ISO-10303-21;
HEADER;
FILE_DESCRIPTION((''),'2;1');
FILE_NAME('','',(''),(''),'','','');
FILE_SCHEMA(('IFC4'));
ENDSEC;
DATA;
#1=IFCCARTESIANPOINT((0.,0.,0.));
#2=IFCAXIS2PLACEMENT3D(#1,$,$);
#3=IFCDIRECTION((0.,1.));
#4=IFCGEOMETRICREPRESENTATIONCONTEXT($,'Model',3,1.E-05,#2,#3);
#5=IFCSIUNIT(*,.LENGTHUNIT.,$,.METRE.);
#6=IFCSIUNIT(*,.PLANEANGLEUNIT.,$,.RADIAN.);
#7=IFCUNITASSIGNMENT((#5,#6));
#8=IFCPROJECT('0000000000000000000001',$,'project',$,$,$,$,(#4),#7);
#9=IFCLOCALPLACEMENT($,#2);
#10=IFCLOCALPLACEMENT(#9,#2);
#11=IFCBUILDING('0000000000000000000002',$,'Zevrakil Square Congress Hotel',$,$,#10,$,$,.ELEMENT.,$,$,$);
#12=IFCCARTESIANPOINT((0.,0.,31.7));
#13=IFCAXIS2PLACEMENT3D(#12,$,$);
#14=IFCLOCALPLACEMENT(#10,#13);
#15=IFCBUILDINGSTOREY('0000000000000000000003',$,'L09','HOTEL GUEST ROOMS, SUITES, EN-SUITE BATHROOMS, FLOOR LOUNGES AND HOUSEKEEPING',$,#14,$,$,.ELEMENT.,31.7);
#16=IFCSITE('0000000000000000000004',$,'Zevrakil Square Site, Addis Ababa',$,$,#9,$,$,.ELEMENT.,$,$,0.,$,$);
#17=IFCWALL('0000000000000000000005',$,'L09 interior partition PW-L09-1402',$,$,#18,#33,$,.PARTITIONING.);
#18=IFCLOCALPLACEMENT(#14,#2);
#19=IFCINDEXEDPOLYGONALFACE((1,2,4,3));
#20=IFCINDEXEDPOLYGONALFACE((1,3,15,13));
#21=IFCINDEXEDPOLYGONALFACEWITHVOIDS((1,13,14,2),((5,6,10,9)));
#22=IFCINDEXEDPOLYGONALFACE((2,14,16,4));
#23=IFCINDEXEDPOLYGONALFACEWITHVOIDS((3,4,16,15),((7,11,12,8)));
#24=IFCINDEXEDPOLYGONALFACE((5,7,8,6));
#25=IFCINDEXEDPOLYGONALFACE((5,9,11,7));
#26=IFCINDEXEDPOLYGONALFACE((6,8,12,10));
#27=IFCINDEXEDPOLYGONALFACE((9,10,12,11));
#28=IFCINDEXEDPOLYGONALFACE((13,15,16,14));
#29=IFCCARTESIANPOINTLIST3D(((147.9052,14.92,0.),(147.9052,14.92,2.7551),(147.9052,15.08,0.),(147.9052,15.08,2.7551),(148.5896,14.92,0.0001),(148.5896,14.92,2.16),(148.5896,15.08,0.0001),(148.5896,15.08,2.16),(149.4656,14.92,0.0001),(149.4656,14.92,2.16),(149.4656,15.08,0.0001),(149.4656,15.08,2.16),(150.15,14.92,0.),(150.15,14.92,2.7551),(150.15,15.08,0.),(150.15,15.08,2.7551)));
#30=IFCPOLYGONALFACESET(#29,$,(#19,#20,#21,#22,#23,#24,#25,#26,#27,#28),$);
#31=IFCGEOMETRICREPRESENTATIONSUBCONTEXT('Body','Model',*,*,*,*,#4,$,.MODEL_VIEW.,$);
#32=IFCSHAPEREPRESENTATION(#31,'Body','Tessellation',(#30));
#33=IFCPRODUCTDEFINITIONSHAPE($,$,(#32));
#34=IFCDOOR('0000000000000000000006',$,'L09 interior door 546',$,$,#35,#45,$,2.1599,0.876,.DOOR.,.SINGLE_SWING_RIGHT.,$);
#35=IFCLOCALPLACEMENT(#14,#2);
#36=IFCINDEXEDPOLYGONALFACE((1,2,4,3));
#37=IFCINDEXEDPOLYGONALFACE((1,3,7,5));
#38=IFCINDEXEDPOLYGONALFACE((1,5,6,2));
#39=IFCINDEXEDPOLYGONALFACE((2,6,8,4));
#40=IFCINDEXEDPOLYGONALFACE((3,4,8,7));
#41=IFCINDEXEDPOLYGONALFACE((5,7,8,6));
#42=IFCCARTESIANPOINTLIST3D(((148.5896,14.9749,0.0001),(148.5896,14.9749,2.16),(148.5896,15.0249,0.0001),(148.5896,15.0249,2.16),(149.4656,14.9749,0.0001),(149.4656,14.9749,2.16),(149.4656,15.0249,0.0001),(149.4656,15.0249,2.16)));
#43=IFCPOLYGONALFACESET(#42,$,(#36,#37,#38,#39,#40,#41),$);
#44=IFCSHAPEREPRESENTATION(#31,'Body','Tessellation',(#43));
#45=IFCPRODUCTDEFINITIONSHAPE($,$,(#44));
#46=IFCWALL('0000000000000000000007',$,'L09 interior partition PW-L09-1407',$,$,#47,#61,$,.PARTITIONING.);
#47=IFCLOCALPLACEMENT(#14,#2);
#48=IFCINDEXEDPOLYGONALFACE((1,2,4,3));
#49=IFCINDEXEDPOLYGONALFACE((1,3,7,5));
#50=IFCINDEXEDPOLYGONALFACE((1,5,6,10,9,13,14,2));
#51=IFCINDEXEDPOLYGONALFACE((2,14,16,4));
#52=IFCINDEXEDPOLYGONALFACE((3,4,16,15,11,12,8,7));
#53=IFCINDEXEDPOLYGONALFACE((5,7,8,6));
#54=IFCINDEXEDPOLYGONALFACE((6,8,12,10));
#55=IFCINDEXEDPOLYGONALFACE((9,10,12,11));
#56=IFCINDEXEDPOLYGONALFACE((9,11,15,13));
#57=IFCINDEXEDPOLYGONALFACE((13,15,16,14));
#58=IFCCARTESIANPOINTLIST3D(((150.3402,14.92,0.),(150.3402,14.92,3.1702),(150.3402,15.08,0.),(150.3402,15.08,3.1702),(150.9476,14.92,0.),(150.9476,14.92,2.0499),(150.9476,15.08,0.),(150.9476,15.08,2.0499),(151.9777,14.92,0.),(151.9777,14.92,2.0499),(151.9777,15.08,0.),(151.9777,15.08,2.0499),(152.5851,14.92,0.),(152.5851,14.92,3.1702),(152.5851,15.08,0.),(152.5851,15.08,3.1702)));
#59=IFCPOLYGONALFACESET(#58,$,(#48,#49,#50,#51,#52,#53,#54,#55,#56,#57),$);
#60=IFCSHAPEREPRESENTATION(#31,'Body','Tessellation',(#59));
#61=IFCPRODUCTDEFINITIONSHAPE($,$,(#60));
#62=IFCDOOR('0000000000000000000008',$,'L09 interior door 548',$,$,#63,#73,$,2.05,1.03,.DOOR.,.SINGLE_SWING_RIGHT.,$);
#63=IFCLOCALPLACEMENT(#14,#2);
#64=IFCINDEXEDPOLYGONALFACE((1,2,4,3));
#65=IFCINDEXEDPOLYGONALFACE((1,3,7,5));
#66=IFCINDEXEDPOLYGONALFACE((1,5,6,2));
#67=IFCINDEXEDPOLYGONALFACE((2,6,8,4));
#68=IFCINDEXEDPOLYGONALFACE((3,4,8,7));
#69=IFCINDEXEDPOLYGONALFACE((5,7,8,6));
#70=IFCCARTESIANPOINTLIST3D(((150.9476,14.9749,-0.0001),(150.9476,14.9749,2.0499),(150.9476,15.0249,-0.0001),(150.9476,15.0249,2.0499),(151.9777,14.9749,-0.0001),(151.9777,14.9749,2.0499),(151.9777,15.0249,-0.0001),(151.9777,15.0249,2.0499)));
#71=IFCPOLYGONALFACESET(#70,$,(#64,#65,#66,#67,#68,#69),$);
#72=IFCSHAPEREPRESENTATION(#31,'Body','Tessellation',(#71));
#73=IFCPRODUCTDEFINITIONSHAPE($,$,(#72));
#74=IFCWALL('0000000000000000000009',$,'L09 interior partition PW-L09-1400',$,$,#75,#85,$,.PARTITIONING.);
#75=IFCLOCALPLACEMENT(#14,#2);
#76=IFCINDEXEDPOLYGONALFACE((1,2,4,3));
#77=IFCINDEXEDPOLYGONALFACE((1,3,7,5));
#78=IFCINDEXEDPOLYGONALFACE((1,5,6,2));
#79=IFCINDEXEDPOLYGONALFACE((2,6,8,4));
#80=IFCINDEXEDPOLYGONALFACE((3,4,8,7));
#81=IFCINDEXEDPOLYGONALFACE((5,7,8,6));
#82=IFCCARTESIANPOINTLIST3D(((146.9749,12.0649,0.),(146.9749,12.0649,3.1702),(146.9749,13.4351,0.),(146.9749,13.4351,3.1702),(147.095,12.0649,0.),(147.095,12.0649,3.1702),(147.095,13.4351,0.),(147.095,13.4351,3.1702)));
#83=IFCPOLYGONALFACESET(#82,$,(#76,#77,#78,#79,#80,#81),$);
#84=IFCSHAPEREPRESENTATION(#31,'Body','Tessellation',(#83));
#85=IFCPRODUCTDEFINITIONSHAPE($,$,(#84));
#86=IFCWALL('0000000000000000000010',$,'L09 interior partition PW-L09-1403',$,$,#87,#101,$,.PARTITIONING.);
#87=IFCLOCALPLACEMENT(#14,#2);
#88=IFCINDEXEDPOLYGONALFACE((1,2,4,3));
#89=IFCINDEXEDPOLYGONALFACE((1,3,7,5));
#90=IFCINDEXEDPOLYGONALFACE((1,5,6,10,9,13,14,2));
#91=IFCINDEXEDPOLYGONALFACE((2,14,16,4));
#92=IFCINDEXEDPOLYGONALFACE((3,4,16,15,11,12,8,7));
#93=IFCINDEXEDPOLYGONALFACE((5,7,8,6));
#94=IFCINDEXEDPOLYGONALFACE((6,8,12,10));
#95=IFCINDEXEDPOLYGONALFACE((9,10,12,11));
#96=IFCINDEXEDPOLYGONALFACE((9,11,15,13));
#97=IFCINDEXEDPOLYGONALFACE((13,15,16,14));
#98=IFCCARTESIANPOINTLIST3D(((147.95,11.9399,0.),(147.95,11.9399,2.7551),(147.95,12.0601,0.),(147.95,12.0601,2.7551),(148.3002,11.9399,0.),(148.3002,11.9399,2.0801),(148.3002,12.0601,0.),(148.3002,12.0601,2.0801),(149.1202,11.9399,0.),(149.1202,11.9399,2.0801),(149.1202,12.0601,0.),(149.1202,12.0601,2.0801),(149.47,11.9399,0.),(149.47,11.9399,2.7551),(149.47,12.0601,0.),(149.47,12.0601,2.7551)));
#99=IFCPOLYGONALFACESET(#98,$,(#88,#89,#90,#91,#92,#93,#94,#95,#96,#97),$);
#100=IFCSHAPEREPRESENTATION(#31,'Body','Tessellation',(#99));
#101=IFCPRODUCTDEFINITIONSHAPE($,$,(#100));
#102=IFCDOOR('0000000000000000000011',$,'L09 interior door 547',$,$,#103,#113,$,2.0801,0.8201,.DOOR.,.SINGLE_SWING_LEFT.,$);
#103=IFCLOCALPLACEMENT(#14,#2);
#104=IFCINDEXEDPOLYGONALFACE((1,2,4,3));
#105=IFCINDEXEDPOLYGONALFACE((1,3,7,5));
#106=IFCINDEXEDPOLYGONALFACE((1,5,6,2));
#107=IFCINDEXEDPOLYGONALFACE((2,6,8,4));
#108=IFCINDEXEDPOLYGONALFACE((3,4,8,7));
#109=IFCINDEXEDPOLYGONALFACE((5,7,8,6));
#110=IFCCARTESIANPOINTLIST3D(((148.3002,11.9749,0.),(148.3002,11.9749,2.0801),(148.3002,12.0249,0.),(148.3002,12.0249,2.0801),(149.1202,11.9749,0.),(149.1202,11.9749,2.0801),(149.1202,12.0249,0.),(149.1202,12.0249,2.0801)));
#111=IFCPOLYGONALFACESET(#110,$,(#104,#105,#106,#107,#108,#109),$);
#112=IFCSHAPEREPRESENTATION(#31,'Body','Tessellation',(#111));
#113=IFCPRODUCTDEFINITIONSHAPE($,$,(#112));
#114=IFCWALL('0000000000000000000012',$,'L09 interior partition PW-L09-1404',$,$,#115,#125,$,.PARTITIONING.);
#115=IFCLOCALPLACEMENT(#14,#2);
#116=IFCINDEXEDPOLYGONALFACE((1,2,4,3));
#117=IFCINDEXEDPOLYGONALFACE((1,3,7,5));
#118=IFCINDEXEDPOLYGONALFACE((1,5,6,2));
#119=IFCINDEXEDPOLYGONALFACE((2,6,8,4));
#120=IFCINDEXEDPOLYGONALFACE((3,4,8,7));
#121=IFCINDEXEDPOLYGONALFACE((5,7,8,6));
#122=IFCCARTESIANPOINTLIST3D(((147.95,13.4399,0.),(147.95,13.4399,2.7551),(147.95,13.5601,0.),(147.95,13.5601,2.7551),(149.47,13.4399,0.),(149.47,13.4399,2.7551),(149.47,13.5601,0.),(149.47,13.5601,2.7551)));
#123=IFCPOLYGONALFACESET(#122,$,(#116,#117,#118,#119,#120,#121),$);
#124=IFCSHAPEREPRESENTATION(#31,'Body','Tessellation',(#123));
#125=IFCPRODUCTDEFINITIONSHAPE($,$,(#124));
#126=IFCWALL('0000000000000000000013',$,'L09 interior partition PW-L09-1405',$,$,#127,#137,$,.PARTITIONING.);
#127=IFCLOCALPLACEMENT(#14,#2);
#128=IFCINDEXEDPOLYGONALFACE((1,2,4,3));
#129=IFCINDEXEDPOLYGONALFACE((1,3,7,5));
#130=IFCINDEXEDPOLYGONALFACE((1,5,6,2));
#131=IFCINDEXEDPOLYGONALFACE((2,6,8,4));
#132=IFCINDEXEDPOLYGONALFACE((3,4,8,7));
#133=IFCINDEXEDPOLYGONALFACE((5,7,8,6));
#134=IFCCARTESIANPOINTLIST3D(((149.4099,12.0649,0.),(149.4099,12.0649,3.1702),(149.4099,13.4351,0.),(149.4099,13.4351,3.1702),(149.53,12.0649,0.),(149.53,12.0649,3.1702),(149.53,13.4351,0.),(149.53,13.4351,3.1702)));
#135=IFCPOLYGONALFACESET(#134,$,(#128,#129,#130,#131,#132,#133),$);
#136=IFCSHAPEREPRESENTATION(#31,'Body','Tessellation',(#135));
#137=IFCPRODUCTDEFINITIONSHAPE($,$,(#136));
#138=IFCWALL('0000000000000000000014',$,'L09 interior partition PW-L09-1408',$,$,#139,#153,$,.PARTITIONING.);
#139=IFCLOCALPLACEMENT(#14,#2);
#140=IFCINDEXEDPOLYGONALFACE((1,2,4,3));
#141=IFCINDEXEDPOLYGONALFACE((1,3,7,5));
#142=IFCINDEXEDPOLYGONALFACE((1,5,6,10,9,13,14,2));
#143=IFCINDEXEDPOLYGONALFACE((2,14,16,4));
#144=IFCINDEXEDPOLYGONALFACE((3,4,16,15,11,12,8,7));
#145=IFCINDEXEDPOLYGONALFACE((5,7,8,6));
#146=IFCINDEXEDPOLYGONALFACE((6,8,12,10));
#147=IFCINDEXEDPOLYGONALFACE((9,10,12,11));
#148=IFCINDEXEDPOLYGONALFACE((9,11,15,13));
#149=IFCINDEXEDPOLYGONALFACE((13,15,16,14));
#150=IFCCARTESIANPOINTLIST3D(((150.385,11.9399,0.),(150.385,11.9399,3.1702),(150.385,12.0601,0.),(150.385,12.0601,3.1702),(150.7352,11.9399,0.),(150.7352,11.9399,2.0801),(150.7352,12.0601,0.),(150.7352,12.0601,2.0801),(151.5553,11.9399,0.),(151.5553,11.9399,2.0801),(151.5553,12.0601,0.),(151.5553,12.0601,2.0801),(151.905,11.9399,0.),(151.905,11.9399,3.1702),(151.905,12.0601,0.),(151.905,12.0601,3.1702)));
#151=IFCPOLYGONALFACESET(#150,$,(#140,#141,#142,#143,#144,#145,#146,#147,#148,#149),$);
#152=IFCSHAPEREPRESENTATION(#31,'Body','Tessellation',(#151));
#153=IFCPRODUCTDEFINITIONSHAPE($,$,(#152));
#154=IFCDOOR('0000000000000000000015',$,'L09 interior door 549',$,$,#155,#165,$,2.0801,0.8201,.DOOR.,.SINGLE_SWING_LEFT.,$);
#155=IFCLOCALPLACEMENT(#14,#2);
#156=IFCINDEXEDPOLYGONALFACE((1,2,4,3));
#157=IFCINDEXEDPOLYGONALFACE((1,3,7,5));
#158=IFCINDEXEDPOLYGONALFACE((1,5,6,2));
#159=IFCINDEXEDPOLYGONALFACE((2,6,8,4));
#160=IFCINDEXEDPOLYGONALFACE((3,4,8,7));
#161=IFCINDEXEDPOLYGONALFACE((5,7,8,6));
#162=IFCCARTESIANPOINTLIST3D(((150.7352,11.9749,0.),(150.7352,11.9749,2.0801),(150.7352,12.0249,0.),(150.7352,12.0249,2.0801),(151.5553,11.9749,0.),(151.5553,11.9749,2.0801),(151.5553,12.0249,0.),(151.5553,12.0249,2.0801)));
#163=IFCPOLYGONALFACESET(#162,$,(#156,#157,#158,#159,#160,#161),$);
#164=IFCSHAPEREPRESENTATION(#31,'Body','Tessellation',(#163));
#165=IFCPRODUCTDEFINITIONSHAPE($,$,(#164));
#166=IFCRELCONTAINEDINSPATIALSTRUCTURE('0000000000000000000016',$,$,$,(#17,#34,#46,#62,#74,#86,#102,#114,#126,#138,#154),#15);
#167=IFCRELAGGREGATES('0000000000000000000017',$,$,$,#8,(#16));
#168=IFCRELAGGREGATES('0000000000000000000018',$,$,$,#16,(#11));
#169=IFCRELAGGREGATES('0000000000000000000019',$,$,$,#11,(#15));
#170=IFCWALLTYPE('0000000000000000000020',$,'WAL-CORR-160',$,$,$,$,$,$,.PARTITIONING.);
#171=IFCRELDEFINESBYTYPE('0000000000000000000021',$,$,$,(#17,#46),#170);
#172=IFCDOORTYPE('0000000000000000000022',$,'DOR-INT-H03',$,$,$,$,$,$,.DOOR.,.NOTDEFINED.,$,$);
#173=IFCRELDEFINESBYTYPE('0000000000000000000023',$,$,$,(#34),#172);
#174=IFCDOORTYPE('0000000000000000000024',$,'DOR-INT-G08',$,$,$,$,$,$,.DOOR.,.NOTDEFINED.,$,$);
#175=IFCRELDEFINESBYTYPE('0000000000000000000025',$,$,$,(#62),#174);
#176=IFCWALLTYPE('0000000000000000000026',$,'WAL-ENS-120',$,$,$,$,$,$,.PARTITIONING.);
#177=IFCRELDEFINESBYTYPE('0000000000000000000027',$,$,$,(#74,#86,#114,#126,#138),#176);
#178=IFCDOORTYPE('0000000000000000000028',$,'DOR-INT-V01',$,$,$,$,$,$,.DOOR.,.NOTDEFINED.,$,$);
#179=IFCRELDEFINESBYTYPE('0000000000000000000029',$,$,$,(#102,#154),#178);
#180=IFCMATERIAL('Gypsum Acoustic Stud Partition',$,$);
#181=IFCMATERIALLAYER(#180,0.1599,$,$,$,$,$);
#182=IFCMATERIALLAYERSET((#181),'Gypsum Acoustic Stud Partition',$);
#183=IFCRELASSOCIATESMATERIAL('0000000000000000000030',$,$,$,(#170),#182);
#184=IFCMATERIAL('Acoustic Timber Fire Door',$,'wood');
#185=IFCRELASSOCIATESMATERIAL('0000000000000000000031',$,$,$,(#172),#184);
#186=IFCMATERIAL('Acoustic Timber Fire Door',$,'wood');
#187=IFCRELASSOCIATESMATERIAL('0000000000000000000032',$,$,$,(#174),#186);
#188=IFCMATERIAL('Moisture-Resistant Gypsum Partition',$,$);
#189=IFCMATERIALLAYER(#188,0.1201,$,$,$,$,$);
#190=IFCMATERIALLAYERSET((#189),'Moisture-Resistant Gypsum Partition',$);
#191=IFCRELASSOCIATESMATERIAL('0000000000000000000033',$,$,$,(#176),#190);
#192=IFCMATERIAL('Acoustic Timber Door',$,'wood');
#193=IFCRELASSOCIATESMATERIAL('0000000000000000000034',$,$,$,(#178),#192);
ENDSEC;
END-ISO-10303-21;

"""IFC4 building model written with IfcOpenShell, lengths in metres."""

from ifc_helpers import new_model, si_unit, direction, frame, frame_2d, origin, place, context, subcontext, project, spatial, rectangle, extrude, material, layer, layer_set, type_object, element, fill, save


model = new_model("IFC4")

# Units and contexts
model_context = context("Model", 3, precision=1e-05, world=origin(), true_north=direction((0.0, 1.0)))
body_context = subcontext(model_context, "Body", "Model", "MODEL_VIEW")
ifc_project = project(units=[si_unit("LENGTHUNIT", "METRE"), si_unit("PLANEANGLEUNIT", "RADIAN")], contexts=[model_context])

# Site, building, storey
site_placement = place(None, origin())
site = spatial("IfcSite", under=ifc_project, at=site_placement, Name="Zevrakil Square Site, Addis Ababa", CompositionType="ELEMENT", RefElevation=0.0)
building_placement = place(site_placement, origin())
building = spatial("IfcBuilding", under=site, at=building_placement, Name="Zevrakil Square Congress Hotel", CompositionType="ELEMENT")
storey_placement = place(building_placement, frame((0.0, 0.0, 31.7)))
storey = spatial("IfcBuildingStorey", under=building, at=storey_placement, Name="L09", Description="HOTEL GUEST ROOMS, SUITES, EN-SUITE BATHROOMS, FLOOR LOUNGES AND HOUSEKEEPING", CompositionType="ELEMENT", Elevation=31.7)

# Walls, openings, doors
ifc_material_1 = material(Name="Gypsum Acoustic Stud Partition")
ifc_layer_1 = layer(ifc_material_1, 0.1599)
ifc_layer_set_1 = layer_set([ifc_layer_1], Name="Gypsum Acoustic Stud Partition")
wall_type_1 = type_object("IfcWallType", Name="WAL-CORR-160", PredefinedType="PARTITIONING", material=ifc_layer_set_1)
wall_1_placement = place(storey_placement, frame((147.905, 15.0, 0.0), z_axis=(0.0, 0.0, 1.0), x_axis=(1.0, 0.0, 0.0)))
wall_1 = element("IfcWall", 1, at=wall_1_placement, inside=storey, type_object=wall_type_1, Name="L09 interior partition PW-L09-1402", PredefinedType="PARTITIONING", context=body_context, shape_type="SweptSolid", body=[
    extrude(rectangle(XDim=2.2449, YDim=0.1599, at=frame_2d((1.1226, 0.0))), origin(), (0.0, 0.0, 1.0), 2.7551),
])
opening_1_placement = place(wall_1_placement, frame((0.6846, 0.0, 0.0)))
opening_1 = element("IfcOpeningElement", 2, at=opening_1_placement, cuts=wall_1, PredefinedType="OPENING", context=body_context, shape_type="SweptSolid", body=[
    extrude(rectangle(XDim=0.876, YDim=2.1599, at=frame_2d((0.438, 1.0801))), frame((0.0, 0.0898, 0.0), z_axis=(0.0, -1.0, 0.0), x_axis=(1.0, 0.0, 0.0)), (0.0, 0.0, 1.0), 0.1799),
])
ifc_material_2 = material(Name="Acoustic Timber Fire Door", Category="wood")
door_type_1 = type_object("IfcDoorType", Name="DOR-INT-H03", OperationType="NOTDEFINED", PredefinedType="DOOR", material=ifc_material_2)
door_1_placement = place(opening_1_placement, origin())
door_1 = element("IfcDoor", 3, at=door_1_placement, inside=storey, type_object=door_type_1, Name="L09 interior door 546", OperationType="SINGLE_SWING_RIGHT", OverallHeight=2.1599, OverallWidth=0.876, PredefinedType="DOOR", context=body_context, shape_type="SweptSolid", body=[
    extrude(rectangle(XDim=0.876, YDim=2.1599, at=frame_2d((0.438, 1.0801))), frame((0.0, 0.0249, 0.0), z_axis=(0.0, -1.0, 0.0), x_axis=(1.0, 0.0, 0.0)), (0.0, 0.0, 1.0), 0.05),
])
fill(opening_1, door_1)
wall_2_placement = place(storey_placement, frame((150.3401, 15.0, 0.0), z_axis=(0.0, 0.0, 1.0), x_axis=(1.0, 0.0, 0.0)))
wall_2 = element("IfcWall", 4, at=wall_2_placement, inside=storey, type_object=wall_type_1, Name="L09 interior partition PW-L09-1407", PredefinedType="PARTITIONING", context=body_context, shape_type="SweptSolid", body=[
    extrude(rectangle(XDim=2.2449, YDim=0.1599, at=frame_2d((1.1226, 0.0))), origin(), (0.0, 0.0, 1.0), 3.1702),
])
opening_2_placement = place(wall_2_placement, frame((0.6074, 0.0, 0.0)))
opening_2 = element("IfcOpeningElement", 5, at=opening_2_placement, cuts=wall_2, PredefinedType="OPENING", context=body_context, shape_type="SweptSolid", body=[
    extrude(rectangle(XDim=1.03, YDim=2.05, at=frame_2d((0.5151, 1.0249))), frame((0.0, 0.0898, 0.0), z_axis=(0.0, -1.0, 0.0), x_axis=(1.0, 0.0, 0.0)), (0.0, 0.0, 1.0), 0.1799),
])
ifc_material_3 = material(Name="Acoustic Timber Fire Door", Category="wood")
door_type_2 = type_object("IfcDoorType", Name="DOR-INT-G08", OperationType="NOTDEFINED", PredefinedType="DOOR", material=ifc_material_3)
door_2_placement = place(opening_2_placement, origin())
door_2 = element("IfcDoor", 6, at=door_2_placement, inside=storey, type_object=door_type_2, Name="L09 interior door 548", OperationType="SINGLE_SWING_RIGHT", OverallHeight=2.05, OverallWidth=1.03, PredefinedType="DOOR", context=body_context, shape_type="SweptSolid", body=[
    extrude(rectangle(XDim=1.03, YDim=2.05, at=frame_2d((0.5151, 1.0249))), frame((0.0, 0.0249, 0.0), z_axis=(0.0, -1.0, 0.0), x_axis=(1.0, 0.0, 0.0)), (0.0, 0.0, 1.0), 0.05),
])
fill(opening_2, door_2)

# Wall
ifc_material_4 = material(Name="Moisture-Resistant Gypsum Partition")
ifc_layer_2 = layer(ifc_material_4, 0.1201)
ifc_layer_set_2 = layer_set([ifc_layer_2], Name="Moisture-Resistant Gypsum Partition")
wall_type_2 = type_object("IfcWallType", Name="WAL-ENS-120", PredefinedType="PARTITIONING", material=ifc_layer_set_2)
wall_3_placement = place(storey_placement, frame((147.0349, 12.0649, 0.0), z_axis=(0.0, 0.0, 1.0), x_axis=(0.0, 1.0, 0.0)))
element("IfcWall", 7, at=wall_3_placement, inside=storey, type_object=wall_type_2, Name="L09 interior partition PW-L09-1400", PredefinedType="PARTITIONING", context=body_context, shape_type="SweptSolid", body=[
    extrude(rectangle(XDim=1.3701, YDim=0.1201, at=frame_2d((0.6851, 0.0))), origin(), (0.0, 0.0, 1.0), 3.1702),
])

# Wall, opening, door
wall_4_placement = place(storey_placement, frame((147.95, 12.0, 0.0), z_axis=(0.0, 0.0, 1.0), x_axis=(1.0, 0.0, 0.0)))
wall_4 = element("IfcWall", 8, at=wall_4_placement, inside=storey, type_object=wall_type_2, Name="L09 interior partition PW-L09-1403", PredefinedType="PARTITIONING", context=body_context, shape_type="SweptSolid", body=[
    extrude(rectangle(XDim=1.52, YDim=0.1201, at=frame_2d((0.76, 0.0))), origin(), (0.0, 0.0, 1.0), 2.7551),
])
opening_3_placement = place(wall_4_placement, frame((0.3501, 0.0, 0.0)))
opening_3 = element("IfcOpeningElement", 9, at=opening_3_placement, cuts=wall_4, PredefinedType="OPENING", context=body_context, shape_type="SweptSolid", body=[
    extrude(rectangle(XDim=0.8201, YDim=2.0801, at=frame_2d((0.4102, 1.04))), frame((0.0, 0.0701, 0.0), z_axis=(0.0, -1.0, 0.0), x_axis=(1.0, 0.0, 0.0)), (0.0, 0.0, 1.0), 0.1401),
])
ifc_material_5 = material(Name="Acoustic Timber Door", Category="wood")
door_type_3 = type_object("IfcDoorType", Name="DOR-INT-V01", OperationType="NOTDEFINED", PredefinedType="DOOR", material=ifc_material_5)
door_3_placement = place(opening_3_placement, origin())
door_3 = element("IfcDoor", 10, at=door_3_placement, inside=storey, type_object=door_type_3, Name="L09 interior door 547", OperationType="SINGLE_SWING_LEFT", OverallHeight=2.0801, OverallWidth=0.8201, PredefinedType="DOOR", context=body_context, shape_type="SweptSolid", body=[
    extrude(rectangle(XDim=0.8201, YDim=2.0801, at=frame_2d((0.4102, 1.04))), frame((0.0, 0.0249, 0.0), z_axis=(0.0, -1.0, 0.0), x_axis=(1.0, 0.0, 0.0)), (0.0, 0.0, 1.0), 0.05),
])
fill(opening_3, door_3)

# Walls
wall_5_placement = place(storey_placement, frame((147.95, 13.5, 0.0), z_axis=(0.0, 0.0, 1.0), x_axis=(1.0, 0.0, 0.0)))
element("IfcWall", 11, at=wall_5_placement, inside=storey, type_object=wall_type_2, Name="L09 interior partition PW-L09-1404", PredefinedType="PARTITIONING", context=body_context, shape_type="SweptSolid", body=[
    extrude(rectangle(XDim=1.52, YDim=0.1201, at=frame_2d((0.76, 0.0))), origin(), (0.0, 0.0, 1.0), 2.7551),
])
wall_6_placement = place(storey_placement, frame((149.47, 12.0649, 0.0), z_axis=(0.0, 0.0, 1.0), x_axis=(0.0, 1.0, 0.0)))
element("IfcWall", 12, at=wall_6_placement, inside=storey, type_object=wall_type_2, Name="L09 interior partition PW-L09-1405", PredefinedType="PARTITIONING", context=body_context, shape_type="SweptSolid", body=[
    extrude(rectangle(XDim=1.3701, YDim=0.1201, at=frame_2d((0.6851, 0.0))), origin(), (0.0, 0.0, 1.0), 3.1702),
])

# Wall, opening, door
wall_7_placement = place(storey_placement, frame((150.385, 12.0, 0.0), z_axis=(0.0, 0.0, 1.0), x_axis=(1.0, 0.0, 0.0)))
wall_7 = element("IfcWall", 13, at=wall_7_placement, inside=storey, type_object=wall_type_2, Name="L09 interior partition PW-L09-1408", PredefinedType="PARTITIONING", context=body_context, shape_type="SweptSolid", body=[
    extrude(rectangle(XDim=1.52, YDim=0.1201, at=frame_2d((0.76, 0.0))), origin(), (0.0, 0.0, 1.0), 3.1702),
])
opening_4_placement = place(wall_7_placement, frame((0.3501, 0.0, 0.0)))
opening_4 = element("IfcOpeningElement", 14, at=opening_4_placement, cuts=wall_7, PredefinedType="OPENING", context=body_context, shape_type="SweptSolid", body=[
    extrude(rectangle(XDim=0.8201, YDim=2.0801, at=frame_2d((0.4102, 1.04))), frame((0.0, 0.0701, 0.0), z_axis=(0.0, -1.0, 0.0), x_axis=(1.0, 0.0, 0.0)), (0.0, 0.0, 1.0), 0.1401),
])
door_4_placement = place(opening_4_placement, origin())
door_4 = element("IfcDoor", 15, at=door_4_placement, inside=storey, type_object=door_type_3, Name="L09 interior door 549", OperationType="SINGLE_SWING_LEFT", OverallHeight=2.0801, OverallWidth=0.8201, PredefinedType="DOOR", context=body_context, shape_type="SweptSolid", body=[
    extrude(rectangle(XDim=0.8201, YDim=2.0801, at=frame_2d((0.4102, 1.04))), frame((0.0, 0.0249, 0.0), z_axis=(0.0, -1.0, 0.0), x_axis=(1.0, 0.0, 0.0)), (0.0, 0.0, 1.0), 0.05),
])
fill(opening_4, door_4)

save(model, "model.ifc")
